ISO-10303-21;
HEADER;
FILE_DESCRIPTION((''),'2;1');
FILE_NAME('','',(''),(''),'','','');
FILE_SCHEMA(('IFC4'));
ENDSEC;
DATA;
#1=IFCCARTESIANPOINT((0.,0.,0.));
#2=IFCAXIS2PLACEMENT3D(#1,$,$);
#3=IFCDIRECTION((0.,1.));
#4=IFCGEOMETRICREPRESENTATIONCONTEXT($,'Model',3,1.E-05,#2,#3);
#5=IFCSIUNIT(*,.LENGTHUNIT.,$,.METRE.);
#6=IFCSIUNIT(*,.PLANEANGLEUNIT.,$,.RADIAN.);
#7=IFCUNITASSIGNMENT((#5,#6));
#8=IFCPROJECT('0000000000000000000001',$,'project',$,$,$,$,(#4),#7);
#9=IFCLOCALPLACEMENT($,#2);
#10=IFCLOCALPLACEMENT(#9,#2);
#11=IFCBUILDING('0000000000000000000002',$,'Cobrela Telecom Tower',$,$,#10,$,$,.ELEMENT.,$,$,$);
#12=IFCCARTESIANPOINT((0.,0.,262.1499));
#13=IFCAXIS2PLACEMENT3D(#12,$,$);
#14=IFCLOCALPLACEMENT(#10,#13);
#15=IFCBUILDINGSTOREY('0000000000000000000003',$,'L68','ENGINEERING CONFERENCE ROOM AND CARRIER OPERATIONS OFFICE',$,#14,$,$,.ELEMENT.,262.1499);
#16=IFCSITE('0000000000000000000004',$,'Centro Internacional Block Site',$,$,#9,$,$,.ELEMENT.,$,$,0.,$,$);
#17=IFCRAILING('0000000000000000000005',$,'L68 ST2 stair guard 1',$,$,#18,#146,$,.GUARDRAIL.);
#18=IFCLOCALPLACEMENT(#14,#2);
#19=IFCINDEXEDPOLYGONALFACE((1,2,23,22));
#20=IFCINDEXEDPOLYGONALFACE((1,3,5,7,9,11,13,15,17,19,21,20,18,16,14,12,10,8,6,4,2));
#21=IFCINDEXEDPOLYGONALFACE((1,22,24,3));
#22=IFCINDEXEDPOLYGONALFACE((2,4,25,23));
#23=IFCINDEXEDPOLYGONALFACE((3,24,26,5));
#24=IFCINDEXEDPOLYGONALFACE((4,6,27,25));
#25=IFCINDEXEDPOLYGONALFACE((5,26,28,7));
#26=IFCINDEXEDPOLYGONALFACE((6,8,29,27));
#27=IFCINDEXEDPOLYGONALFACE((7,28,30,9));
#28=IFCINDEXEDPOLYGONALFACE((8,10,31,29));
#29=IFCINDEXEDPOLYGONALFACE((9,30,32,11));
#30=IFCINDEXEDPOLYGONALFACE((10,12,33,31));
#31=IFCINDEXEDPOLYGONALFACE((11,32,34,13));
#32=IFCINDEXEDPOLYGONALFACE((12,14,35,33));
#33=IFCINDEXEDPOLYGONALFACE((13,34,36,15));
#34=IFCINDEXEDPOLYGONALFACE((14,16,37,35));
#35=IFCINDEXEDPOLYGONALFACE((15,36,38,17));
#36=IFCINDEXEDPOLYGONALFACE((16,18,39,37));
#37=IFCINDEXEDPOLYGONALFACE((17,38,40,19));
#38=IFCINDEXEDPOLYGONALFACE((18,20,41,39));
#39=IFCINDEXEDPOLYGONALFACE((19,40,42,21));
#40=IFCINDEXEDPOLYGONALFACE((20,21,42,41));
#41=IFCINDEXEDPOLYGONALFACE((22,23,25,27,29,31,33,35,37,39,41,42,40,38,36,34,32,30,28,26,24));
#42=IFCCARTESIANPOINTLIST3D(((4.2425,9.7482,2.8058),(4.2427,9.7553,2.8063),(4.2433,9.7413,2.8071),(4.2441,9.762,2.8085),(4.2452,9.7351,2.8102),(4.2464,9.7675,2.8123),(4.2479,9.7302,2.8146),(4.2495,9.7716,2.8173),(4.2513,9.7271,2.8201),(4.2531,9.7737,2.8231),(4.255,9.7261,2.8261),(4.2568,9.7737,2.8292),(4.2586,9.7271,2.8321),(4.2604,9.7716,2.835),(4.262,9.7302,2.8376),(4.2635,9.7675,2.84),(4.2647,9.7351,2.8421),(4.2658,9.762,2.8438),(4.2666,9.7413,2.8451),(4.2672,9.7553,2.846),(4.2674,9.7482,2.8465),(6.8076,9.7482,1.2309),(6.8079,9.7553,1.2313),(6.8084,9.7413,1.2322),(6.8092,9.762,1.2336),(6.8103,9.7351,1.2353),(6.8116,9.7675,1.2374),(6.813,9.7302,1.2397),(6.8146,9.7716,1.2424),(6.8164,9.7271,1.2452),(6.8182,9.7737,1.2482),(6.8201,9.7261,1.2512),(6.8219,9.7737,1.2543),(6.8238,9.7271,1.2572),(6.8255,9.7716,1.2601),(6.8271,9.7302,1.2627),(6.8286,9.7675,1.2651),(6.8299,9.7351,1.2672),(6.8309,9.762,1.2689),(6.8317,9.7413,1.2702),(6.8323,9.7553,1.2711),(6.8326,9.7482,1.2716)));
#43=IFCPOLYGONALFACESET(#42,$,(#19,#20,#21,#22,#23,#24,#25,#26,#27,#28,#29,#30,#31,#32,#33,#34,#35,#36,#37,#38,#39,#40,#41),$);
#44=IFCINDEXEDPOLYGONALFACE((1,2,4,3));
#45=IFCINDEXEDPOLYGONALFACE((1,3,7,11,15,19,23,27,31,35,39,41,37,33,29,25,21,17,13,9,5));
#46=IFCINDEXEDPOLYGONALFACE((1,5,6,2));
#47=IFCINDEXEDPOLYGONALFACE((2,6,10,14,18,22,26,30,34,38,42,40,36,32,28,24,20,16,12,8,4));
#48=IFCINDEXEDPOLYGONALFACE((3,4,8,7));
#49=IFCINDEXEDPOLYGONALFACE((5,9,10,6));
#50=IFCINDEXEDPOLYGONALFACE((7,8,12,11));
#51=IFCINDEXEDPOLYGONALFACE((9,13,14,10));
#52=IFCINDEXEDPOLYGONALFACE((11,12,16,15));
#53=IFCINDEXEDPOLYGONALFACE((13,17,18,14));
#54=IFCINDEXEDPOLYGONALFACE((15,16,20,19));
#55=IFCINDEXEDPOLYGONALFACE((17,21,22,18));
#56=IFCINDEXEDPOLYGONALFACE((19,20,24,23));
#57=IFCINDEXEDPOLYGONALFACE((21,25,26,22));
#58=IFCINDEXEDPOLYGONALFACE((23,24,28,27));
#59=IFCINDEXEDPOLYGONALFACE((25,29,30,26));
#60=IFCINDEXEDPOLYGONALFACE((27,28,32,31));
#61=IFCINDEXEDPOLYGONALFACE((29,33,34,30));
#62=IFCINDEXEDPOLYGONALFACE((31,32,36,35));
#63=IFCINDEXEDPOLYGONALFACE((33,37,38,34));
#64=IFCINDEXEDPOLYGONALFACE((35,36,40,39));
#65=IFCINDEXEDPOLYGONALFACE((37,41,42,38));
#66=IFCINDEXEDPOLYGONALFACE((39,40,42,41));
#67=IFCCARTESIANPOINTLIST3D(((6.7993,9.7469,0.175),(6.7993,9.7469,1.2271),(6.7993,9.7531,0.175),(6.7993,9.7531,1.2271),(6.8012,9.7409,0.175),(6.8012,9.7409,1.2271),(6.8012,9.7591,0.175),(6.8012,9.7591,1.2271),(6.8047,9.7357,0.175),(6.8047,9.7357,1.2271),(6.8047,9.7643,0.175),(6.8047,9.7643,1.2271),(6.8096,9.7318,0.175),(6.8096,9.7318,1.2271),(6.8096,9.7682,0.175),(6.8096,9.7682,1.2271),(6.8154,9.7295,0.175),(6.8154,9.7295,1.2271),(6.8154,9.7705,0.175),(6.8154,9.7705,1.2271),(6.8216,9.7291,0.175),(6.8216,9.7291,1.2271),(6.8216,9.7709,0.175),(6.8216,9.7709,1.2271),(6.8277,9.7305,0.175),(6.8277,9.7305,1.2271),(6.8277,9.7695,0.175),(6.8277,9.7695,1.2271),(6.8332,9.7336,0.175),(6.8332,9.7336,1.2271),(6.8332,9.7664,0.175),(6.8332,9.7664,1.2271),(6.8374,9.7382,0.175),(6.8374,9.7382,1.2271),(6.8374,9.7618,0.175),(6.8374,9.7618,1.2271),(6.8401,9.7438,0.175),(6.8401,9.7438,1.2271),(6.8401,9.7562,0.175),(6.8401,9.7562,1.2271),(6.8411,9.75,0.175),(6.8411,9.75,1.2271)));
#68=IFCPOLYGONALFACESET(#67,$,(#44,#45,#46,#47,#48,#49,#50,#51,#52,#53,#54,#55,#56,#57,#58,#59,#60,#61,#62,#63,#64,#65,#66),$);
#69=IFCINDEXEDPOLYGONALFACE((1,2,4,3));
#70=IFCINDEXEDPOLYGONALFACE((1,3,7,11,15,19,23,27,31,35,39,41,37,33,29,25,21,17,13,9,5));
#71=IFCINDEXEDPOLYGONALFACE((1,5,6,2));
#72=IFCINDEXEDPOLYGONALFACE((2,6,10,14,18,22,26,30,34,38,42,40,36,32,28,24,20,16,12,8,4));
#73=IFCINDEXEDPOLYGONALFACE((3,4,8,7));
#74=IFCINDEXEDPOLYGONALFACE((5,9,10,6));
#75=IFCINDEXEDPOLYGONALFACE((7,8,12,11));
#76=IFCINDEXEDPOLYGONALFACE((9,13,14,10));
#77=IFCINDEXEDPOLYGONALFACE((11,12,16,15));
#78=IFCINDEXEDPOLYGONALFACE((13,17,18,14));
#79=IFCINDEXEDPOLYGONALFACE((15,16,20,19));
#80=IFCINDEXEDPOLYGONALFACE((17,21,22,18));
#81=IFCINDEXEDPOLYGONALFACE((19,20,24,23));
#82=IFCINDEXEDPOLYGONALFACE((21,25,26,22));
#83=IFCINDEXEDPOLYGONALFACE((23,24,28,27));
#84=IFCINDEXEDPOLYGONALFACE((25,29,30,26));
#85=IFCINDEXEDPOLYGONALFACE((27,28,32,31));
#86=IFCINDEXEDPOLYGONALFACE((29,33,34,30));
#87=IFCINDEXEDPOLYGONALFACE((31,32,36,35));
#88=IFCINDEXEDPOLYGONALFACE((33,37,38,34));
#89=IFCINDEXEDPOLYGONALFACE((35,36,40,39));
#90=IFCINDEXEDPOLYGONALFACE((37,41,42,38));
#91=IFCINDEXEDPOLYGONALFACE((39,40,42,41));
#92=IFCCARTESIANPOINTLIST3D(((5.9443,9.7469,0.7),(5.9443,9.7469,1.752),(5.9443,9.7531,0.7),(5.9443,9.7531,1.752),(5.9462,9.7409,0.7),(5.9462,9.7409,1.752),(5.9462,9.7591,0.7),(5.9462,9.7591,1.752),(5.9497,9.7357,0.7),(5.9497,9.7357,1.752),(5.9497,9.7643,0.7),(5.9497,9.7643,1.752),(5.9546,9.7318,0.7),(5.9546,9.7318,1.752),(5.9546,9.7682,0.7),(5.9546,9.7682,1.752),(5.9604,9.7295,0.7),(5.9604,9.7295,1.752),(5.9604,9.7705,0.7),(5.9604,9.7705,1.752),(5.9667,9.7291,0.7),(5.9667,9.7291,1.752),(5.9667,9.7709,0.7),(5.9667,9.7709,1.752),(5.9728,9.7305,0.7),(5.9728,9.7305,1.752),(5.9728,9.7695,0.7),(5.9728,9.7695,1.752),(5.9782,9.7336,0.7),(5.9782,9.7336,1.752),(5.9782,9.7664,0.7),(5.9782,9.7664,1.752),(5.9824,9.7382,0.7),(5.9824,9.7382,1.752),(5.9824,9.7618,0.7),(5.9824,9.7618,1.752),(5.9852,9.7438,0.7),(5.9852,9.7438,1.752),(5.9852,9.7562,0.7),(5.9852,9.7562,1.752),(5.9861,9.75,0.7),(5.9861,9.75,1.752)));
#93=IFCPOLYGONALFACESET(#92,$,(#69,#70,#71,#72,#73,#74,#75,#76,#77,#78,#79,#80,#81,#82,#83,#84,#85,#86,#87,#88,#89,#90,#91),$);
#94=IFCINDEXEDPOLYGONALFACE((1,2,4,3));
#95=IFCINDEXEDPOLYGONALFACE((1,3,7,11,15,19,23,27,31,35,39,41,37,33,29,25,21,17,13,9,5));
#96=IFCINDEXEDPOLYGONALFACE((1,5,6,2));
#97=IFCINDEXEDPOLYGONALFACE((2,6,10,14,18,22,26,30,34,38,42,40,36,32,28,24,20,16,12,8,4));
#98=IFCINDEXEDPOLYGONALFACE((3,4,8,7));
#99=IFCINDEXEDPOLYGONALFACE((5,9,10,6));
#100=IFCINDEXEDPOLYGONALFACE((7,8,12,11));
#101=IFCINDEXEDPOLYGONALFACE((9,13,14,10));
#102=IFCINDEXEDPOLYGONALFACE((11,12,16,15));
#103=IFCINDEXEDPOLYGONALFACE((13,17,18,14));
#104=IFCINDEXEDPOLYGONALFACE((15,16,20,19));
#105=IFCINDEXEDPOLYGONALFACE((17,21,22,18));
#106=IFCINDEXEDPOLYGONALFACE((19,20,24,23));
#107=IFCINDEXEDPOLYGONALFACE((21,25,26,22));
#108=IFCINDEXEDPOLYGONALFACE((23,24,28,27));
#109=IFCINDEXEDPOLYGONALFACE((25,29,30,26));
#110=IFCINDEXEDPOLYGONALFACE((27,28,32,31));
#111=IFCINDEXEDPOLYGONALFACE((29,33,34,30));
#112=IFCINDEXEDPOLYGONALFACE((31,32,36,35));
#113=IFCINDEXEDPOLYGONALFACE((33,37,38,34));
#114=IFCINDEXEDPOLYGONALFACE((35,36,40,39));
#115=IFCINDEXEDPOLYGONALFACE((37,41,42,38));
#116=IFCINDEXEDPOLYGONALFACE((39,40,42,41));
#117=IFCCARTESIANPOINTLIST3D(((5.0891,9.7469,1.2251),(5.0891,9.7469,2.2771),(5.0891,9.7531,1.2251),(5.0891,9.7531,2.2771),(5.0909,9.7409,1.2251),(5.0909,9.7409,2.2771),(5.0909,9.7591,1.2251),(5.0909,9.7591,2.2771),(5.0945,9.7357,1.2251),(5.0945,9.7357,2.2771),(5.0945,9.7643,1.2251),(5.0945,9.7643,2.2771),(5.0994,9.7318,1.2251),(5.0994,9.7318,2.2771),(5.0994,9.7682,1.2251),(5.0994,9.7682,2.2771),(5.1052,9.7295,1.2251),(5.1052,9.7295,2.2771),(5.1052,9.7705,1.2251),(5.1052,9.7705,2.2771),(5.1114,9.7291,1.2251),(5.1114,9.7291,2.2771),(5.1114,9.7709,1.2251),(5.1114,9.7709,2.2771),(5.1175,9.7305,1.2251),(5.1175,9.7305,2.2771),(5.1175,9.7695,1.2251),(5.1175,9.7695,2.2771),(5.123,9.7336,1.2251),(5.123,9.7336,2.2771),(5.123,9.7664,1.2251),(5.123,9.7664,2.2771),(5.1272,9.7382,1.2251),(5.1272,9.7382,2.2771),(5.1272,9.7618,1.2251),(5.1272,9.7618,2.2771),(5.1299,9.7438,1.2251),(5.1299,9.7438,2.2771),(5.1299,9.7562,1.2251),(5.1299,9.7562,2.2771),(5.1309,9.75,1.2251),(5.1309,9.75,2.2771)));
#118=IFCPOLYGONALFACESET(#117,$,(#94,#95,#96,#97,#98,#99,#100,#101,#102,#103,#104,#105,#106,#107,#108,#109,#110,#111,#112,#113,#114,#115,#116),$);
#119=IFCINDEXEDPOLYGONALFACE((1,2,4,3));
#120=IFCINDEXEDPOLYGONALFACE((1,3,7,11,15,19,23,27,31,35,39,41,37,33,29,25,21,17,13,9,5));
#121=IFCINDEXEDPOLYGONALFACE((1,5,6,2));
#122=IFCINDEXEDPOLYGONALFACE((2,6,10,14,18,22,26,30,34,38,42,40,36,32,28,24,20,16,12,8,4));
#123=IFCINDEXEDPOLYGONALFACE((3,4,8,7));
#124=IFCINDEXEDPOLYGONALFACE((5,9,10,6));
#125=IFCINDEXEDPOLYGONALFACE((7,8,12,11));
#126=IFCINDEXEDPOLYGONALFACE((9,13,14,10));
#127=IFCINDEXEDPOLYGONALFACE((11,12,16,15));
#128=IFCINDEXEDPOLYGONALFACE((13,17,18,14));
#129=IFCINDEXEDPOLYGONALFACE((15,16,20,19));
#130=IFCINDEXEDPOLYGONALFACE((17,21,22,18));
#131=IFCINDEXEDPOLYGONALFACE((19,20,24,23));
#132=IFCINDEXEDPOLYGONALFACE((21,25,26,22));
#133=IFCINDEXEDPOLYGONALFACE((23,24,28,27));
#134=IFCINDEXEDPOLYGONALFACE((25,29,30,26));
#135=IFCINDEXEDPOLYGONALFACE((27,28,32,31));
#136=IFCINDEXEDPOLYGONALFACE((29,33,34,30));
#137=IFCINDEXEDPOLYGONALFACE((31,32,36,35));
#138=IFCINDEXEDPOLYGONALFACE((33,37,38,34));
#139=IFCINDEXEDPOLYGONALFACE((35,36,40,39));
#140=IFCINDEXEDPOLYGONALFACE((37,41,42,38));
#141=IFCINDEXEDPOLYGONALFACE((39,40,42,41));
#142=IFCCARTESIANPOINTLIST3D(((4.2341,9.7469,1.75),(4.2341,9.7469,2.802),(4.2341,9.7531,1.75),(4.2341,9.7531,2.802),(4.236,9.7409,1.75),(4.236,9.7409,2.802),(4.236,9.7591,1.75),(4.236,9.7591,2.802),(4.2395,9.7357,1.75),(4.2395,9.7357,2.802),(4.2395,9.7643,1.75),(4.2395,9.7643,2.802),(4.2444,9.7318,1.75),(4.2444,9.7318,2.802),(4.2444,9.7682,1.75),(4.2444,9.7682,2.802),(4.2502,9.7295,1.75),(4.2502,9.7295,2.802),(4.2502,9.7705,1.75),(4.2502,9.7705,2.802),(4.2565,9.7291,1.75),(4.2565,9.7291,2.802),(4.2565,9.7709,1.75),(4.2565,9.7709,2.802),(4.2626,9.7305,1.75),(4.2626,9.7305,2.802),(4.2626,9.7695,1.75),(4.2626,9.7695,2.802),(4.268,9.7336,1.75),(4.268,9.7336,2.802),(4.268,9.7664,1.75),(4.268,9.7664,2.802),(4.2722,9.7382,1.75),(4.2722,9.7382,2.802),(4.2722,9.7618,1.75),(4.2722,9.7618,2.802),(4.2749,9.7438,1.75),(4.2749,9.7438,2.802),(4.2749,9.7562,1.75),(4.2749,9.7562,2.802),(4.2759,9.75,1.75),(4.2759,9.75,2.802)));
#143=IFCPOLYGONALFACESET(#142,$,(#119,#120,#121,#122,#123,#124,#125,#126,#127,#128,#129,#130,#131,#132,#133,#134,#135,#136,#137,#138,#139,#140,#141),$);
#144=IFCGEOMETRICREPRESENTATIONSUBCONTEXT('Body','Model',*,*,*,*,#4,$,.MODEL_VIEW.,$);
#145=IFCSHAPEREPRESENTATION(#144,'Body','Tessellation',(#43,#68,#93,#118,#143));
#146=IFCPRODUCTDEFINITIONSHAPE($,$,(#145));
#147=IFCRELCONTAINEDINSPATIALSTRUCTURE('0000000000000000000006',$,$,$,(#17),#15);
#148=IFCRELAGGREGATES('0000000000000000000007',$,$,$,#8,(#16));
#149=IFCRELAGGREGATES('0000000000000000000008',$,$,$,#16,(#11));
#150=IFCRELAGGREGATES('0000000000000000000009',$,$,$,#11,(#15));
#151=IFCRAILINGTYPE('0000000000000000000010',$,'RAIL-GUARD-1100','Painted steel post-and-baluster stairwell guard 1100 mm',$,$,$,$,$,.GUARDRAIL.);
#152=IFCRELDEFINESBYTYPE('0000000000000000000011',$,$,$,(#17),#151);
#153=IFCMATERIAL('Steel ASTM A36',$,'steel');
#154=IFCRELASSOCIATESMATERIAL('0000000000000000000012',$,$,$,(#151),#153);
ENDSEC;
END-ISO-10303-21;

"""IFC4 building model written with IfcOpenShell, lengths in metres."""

from ifc_helpers import new_model, si_unit, direction, frame, origin, origin_2d, place, context, subcontext, project, spatial, circle, extrude, material, type_object, element, save


model = new_model("IFC4")

# Units and contexts
model_context = context("Model", 3, precision=1e-05, world=origin(), true_north=direction((0.0, 1.0)))
body_context = subcontext(model_context, "Body", "Model", "MODEL_VIEW")
ifc_project = project(units=[si_unit("LENGTHUNIT", "METRE"), si_unit("PLANEANGLEUNIT", "RADIAN")], contexts=[model_context])

# Site, building, storey
site_placement = place(None, origin())
site = spatial("IfcSite", under=ifc_project, at=site_placement, Name="Centro Internacional Block Site", CompositionType="ELEMENT", RefElevation=0.0)
building_placement = place(site_placement, origin())
building = spatial("IfcBuilding", under=site, at=building_placement, Name="Cobrela Telecom Tower", CompositionType="ELEMENT")
storey_placement = place(building_placement, frame((0.0, 0.0, 262.1499)))
storey = spatial("IfcBuildingStorey", under=building, at=storey_placement, Name="L68", Description="ENGINEERING CONFERENCE ROOM AND CARRIER OPERATIONS OFFICE", CompositionType="ELEMENT", Elevation=262.1499)

# Shared definitions
ifc_material_1 = material(Name="Steel ASTM A36", Category="steel")

# Railing
railing_type = type_object("IfcRailingType", Name="RAIL-GUARD-1100", Description="Painted steel post-and-baluster stairwell guard 1100 mm", PredefinedType="GUARDRAIL", material=ifc_material_1)
railing_1_placement = place(storey_placement, frame((6.8201, 9.75, 0.175)))
element("IfcRailing", 1, at=railing_1_placement, inside=storey, type_object=railing_type, Name="L68 ST2 stair guard 1", PredefinedType="GUARDRAIL", context=body_context, shape_type="SweptSolid", body=[
    extrude(circle(Radius=0.0239, at=origin_2d()), frame((0.0, 0.0, 1.0762), z_axis=(-0.852195, 0.0, 0.523224), x_axis=(0.0, -1.0, 0.0)), (0.0, 0.0, 1.0), 3.01),
    extrude(circle(Radius=0.021, at=origin_2d()), origin(), (0.0, 0.0, 1.0), 1.052),
    extrude(circle(Radius=0.021, at=origin_2d()), frame((-0.855, 0.0, 0.5249)), (0.0, 0.0, 1.0), 1.052),
    extrude(circle(Radius=0.021, at=origin_2d()), frame((-1.7102, 0.0, 1.05)), (0.0, 0.0, 1.0), 1.052),
    extrude(circle(Radius=0.021, at=origin_2d()), frame((-2.5652, 0.0, 1.575)), (0.0, 0.0, 1.0), 1.052),
])

save(model, "model.ifc")
